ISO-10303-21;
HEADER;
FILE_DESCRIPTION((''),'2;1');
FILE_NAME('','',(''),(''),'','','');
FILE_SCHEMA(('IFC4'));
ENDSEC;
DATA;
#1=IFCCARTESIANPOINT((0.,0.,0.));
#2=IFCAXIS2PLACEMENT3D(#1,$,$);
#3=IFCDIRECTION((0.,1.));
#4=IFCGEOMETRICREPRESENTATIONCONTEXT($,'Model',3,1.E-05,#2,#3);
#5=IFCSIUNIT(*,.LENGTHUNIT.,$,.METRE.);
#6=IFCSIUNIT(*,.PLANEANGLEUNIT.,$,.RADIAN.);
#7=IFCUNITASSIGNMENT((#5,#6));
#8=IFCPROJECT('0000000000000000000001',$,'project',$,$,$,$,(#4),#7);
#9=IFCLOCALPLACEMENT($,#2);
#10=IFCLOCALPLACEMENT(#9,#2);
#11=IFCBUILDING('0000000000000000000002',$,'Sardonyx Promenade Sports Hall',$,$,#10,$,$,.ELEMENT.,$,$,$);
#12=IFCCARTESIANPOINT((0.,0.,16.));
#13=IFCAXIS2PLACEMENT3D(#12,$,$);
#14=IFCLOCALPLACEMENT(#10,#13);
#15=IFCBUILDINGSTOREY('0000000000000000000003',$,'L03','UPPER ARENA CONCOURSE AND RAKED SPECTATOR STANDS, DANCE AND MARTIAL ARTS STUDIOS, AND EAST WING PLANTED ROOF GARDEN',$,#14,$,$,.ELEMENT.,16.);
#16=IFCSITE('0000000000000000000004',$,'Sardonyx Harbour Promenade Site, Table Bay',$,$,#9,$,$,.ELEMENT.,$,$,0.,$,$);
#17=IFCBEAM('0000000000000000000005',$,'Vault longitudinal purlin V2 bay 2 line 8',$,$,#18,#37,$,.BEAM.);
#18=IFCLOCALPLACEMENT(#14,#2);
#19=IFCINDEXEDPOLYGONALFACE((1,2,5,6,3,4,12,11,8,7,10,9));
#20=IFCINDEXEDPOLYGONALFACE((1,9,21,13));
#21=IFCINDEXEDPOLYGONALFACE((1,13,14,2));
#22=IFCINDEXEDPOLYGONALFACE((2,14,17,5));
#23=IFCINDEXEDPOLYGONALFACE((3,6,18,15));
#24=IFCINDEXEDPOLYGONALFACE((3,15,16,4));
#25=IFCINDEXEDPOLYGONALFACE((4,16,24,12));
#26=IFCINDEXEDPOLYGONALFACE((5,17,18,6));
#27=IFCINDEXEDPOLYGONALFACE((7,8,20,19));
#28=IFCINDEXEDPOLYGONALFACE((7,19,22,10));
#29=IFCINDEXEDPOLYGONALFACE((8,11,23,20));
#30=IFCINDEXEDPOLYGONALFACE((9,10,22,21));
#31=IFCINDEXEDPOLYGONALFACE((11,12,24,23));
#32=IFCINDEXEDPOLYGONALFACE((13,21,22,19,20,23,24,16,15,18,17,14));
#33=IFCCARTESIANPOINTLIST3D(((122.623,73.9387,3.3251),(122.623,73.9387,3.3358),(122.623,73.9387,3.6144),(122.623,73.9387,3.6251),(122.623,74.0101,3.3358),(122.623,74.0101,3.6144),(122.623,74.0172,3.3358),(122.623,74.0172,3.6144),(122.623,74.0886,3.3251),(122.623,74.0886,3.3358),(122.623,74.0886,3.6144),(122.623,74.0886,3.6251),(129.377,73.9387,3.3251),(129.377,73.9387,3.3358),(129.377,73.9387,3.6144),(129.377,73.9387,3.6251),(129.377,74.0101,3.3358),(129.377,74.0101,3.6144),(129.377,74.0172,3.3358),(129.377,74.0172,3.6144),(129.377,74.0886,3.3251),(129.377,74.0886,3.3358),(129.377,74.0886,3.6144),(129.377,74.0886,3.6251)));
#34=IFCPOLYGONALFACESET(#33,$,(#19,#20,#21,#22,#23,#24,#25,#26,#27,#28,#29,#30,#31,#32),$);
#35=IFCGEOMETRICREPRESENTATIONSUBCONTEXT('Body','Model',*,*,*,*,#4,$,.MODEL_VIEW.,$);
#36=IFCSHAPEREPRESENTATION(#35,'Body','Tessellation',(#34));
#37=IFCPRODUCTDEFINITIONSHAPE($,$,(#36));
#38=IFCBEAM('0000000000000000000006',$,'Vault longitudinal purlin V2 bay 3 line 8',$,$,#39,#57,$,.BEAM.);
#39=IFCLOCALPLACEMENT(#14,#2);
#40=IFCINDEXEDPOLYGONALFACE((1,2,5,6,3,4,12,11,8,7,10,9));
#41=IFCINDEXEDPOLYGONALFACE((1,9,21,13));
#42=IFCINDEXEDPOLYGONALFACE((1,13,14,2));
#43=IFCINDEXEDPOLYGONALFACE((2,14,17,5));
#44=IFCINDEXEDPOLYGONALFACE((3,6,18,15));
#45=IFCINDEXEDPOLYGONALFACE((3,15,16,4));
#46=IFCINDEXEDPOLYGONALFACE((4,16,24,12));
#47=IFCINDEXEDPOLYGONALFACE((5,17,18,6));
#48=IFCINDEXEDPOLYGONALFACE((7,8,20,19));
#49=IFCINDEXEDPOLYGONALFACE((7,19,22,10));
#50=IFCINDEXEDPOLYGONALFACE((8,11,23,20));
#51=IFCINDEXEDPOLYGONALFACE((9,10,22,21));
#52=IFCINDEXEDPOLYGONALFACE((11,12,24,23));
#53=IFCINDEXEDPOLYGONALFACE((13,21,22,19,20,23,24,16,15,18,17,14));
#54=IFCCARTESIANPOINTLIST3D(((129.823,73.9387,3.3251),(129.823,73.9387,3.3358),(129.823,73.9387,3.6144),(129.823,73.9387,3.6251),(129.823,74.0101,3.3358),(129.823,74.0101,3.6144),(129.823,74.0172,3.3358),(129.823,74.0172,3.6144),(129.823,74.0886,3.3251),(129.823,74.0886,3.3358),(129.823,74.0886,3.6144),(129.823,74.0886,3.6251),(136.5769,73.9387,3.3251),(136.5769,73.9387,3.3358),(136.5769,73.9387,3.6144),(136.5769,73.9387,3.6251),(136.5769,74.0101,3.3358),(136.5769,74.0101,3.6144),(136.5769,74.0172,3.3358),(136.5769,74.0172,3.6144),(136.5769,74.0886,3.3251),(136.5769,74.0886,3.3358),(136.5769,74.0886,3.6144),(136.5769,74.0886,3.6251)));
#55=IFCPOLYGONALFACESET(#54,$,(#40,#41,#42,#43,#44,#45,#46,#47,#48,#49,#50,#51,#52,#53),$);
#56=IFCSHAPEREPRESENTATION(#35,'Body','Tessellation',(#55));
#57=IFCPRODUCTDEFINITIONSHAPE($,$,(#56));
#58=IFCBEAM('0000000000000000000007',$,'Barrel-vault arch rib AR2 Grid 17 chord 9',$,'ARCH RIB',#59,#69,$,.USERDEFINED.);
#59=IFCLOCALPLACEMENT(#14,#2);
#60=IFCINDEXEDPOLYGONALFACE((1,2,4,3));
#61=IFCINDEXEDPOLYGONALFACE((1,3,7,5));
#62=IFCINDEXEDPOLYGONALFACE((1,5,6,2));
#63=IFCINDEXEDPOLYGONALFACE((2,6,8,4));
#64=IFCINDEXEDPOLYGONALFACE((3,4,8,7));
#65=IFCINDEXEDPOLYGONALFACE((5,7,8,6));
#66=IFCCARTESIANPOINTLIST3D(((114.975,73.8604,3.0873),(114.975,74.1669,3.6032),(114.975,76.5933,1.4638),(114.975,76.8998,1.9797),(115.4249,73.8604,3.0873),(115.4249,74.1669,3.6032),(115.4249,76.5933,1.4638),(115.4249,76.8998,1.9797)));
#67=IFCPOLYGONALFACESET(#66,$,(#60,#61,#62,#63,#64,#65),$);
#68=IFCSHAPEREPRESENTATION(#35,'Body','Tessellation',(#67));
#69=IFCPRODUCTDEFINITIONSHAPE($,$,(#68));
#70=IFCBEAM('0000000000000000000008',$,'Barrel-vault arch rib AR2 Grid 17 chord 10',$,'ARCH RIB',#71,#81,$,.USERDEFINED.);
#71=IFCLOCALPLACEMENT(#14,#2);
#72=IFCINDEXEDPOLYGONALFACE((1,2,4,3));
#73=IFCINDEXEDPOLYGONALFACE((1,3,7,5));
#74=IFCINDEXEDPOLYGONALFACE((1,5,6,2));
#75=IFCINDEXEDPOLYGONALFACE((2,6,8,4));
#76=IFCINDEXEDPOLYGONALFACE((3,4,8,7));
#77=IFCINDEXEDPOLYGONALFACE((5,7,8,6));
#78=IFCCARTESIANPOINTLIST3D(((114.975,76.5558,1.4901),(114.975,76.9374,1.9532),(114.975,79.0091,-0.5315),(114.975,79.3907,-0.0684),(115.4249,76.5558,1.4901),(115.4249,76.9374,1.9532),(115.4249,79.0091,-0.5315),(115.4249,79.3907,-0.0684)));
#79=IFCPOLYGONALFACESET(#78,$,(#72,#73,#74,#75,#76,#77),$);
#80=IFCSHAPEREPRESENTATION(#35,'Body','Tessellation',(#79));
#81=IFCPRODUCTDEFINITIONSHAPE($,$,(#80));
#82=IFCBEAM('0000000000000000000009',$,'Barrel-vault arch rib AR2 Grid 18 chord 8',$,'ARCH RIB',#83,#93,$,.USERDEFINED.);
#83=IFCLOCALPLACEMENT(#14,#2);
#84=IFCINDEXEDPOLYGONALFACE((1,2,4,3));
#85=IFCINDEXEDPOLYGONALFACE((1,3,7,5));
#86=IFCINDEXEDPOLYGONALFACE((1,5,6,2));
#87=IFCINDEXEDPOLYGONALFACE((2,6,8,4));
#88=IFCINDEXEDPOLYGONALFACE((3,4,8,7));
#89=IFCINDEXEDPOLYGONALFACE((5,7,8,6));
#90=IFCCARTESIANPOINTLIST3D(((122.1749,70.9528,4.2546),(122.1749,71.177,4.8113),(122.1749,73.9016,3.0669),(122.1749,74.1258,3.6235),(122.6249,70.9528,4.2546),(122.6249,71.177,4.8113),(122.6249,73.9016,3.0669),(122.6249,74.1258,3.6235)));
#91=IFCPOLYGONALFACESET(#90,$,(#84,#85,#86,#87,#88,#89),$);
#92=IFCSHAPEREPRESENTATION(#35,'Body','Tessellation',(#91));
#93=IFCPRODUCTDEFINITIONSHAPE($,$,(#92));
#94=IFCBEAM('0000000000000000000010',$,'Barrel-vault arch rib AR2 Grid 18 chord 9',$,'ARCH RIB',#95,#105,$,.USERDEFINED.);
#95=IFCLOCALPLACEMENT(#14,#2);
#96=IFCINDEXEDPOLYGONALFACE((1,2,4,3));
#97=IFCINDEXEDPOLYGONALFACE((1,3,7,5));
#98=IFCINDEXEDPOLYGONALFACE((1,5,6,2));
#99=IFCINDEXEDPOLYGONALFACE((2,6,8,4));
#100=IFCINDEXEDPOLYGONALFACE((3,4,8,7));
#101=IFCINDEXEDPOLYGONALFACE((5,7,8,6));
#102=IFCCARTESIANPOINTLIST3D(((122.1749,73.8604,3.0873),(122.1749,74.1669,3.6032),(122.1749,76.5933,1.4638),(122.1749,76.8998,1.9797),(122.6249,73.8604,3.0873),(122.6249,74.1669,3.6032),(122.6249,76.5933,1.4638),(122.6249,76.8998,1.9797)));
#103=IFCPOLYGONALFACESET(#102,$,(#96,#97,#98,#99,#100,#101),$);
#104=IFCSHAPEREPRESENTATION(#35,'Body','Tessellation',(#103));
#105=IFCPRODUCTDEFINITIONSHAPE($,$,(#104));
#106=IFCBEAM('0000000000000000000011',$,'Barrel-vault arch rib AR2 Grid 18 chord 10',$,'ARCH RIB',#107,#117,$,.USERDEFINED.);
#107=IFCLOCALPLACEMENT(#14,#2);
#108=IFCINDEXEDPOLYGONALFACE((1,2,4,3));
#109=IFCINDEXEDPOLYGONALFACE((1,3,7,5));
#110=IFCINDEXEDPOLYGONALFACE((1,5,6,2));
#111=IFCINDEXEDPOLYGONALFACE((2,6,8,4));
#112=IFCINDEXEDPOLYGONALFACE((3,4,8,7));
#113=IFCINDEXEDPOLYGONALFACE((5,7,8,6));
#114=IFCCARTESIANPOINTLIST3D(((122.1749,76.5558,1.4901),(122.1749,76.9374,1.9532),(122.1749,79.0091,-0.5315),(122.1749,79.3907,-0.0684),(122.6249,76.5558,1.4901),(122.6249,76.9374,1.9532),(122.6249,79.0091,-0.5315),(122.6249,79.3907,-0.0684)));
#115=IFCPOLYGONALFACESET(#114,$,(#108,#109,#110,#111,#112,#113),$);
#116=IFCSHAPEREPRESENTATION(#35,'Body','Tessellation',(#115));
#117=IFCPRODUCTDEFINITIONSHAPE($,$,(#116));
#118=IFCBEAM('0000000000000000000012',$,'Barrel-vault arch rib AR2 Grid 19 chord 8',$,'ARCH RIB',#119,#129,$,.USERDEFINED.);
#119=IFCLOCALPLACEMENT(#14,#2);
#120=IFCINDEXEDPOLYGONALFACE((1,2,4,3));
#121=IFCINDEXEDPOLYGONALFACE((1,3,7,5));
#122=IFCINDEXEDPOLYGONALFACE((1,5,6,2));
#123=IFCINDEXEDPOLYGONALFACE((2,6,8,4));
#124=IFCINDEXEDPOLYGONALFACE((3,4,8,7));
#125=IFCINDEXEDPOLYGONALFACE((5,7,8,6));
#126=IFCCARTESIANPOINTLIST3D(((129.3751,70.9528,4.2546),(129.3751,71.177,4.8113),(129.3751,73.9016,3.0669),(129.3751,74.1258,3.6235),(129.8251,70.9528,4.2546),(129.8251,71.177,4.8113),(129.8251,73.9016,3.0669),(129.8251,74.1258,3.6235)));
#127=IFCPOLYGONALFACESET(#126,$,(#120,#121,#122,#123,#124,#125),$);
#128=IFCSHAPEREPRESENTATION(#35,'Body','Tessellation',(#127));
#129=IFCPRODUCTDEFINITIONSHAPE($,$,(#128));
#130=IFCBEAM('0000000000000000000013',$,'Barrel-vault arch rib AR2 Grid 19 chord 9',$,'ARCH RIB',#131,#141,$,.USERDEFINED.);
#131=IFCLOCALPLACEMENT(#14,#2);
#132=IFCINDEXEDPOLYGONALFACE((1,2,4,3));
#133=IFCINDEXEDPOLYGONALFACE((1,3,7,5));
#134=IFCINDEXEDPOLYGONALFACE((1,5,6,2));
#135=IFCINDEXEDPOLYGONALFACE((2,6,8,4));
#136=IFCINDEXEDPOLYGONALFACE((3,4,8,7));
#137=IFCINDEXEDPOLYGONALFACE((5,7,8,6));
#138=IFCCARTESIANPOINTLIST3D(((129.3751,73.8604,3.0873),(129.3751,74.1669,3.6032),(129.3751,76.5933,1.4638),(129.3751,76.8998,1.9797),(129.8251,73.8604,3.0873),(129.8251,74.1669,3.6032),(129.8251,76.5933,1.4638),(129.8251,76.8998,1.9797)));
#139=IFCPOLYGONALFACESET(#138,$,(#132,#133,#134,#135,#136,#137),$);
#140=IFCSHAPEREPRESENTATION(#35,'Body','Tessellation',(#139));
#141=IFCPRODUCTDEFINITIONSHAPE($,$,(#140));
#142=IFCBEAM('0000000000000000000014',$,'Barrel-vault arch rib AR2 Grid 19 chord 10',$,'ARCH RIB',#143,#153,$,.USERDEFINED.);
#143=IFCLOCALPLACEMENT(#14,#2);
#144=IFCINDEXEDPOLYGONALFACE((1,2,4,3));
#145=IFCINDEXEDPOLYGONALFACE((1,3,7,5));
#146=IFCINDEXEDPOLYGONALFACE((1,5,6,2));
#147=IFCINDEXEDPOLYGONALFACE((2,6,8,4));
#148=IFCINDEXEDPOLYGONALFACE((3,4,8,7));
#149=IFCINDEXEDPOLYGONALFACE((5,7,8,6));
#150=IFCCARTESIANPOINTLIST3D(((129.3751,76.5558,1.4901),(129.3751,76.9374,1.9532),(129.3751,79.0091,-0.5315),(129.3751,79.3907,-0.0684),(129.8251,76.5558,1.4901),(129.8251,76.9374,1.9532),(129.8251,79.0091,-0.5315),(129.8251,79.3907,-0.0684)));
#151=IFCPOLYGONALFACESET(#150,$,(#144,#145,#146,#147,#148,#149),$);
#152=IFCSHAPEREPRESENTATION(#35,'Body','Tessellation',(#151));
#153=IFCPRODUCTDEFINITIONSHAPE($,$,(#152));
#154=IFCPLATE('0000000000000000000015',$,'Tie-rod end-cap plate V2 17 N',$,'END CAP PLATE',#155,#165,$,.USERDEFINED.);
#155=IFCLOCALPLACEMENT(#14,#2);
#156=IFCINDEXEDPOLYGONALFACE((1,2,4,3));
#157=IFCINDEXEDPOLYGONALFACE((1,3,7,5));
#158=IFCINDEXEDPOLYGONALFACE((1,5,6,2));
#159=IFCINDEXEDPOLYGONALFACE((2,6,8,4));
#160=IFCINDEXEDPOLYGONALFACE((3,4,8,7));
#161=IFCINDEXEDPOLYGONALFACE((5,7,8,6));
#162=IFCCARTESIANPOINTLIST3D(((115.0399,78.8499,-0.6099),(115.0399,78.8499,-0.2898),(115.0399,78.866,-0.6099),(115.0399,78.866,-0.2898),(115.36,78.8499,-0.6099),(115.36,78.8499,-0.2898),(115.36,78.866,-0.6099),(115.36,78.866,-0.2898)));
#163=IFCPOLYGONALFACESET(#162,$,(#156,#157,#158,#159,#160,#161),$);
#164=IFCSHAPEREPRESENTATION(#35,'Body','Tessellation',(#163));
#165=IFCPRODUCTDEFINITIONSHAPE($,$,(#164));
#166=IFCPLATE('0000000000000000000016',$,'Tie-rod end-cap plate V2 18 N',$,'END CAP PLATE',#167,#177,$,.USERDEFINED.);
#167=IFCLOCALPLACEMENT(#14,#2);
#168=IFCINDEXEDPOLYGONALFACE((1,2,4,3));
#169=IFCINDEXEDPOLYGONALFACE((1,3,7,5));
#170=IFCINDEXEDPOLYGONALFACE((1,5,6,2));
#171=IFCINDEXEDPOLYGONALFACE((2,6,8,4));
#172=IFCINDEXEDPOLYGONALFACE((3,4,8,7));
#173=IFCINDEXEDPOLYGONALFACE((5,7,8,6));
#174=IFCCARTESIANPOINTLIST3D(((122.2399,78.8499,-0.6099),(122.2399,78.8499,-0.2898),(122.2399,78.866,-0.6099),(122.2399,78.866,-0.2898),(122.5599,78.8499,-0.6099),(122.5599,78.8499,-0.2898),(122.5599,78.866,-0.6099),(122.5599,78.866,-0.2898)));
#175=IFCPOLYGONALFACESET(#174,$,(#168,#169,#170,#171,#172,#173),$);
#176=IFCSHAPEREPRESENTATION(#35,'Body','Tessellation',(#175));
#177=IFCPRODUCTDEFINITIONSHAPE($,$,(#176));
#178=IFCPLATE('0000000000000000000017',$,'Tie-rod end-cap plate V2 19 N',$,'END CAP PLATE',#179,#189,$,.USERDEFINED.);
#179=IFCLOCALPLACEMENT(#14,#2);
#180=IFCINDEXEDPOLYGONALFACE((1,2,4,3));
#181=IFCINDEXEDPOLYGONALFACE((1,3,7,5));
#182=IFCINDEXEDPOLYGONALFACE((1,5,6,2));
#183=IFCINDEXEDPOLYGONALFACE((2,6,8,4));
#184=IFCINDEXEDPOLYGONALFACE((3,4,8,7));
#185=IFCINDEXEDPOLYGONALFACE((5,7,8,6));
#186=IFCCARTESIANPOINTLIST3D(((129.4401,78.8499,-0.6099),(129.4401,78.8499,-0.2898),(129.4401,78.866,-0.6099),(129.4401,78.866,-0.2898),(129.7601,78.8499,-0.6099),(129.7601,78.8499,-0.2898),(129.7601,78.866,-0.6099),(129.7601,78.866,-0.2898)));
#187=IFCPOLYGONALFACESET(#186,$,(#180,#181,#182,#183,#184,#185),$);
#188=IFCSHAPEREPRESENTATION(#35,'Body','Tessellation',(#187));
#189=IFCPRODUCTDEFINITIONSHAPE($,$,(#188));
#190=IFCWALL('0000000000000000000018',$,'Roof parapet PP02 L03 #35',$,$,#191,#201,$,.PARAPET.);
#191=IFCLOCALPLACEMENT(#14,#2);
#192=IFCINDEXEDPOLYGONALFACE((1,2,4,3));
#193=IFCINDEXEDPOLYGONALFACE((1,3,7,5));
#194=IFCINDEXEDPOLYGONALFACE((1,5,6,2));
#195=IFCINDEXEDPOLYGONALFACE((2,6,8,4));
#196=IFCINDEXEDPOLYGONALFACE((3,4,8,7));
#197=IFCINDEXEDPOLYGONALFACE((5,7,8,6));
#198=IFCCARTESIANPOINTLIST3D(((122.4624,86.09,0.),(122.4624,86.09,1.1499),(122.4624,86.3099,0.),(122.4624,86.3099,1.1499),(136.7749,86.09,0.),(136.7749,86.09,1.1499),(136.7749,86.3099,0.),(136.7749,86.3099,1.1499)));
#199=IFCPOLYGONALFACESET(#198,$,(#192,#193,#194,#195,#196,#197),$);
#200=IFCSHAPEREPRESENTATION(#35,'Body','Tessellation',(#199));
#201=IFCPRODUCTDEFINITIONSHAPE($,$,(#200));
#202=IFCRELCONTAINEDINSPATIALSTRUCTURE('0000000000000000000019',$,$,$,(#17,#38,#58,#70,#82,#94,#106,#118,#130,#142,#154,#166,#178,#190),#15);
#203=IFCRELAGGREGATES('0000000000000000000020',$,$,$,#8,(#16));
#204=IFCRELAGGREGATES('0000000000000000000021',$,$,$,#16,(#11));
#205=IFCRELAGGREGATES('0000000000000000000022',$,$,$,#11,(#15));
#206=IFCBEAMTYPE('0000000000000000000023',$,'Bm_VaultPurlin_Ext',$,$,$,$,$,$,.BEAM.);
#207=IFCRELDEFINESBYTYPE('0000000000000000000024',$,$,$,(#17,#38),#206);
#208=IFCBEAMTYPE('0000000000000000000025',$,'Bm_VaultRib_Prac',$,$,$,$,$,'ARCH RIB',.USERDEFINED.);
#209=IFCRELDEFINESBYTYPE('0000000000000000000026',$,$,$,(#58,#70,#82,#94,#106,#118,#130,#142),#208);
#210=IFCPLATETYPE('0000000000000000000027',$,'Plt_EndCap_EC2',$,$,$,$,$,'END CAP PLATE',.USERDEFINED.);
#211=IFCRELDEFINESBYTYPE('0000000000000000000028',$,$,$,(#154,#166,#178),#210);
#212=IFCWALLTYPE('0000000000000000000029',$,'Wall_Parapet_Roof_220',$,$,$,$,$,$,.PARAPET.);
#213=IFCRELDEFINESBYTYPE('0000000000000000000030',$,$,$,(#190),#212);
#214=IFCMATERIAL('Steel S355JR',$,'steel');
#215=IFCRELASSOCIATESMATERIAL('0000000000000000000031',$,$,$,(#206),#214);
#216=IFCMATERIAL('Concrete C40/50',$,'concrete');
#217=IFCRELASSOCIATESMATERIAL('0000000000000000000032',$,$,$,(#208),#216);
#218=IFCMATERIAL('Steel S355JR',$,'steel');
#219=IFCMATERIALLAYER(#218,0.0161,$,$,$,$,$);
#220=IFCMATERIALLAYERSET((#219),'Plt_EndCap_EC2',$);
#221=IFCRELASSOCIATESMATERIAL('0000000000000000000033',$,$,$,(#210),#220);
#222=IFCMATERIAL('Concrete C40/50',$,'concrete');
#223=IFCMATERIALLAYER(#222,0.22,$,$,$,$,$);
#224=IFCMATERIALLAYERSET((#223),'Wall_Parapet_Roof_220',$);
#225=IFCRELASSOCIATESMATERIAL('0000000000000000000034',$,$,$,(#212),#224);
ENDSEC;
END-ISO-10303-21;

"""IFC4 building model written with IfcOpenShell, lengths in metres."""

from ifc_helpers import new_model, si_unit, direction, frame, frame_2d, origin, origin_2d, place, context, subcontext, project, spatial, rectangle, i_section, extrude, material, layer, layer_set, material_profile, profile_set, type_object, element, save


model = new_model("IFC4")

# Units and contexts
model_context = context("Model", 3, precision=1e-05, world=origin(), true_north=direction((0.0, 1.0)))
body_context = subcontext(model_context, "Body", "Model", "MODEL_VIEW")
ifc_project = project(units=[si_unit("LENGTHUNIT", "METRE"), si_unit("PLANEANGLEUNIT", "RADIAN")], contexts=[model_context])

# Site, building, storey
site_placement = place(None, origin())
site = spatial("IfcSite", under=ifc_project, at=site_placement, Name="Sardonyx Harbour Promenade Site, Table Bay", CompositionType="ELEMENT", RefElevation=0.0)
building_placement = place(site_placement, origin())
building = spatial("IfcBuilding", under=site, at=building_placement, Name="Sardonyx Promenade Sports Hall", CompositionType="ELEMENT")
storey_placement = place(building_placement, frame((0.0, 0.0, 16.0)))
storey = spatial("IfcBuildingStorey", under=building, at=storey_placement, Name="L03", Description="UPPER ARENA CONCOURSE AND RAKED SPECTATOR STANDS, DANCE AND MARTIAL ARTS STUDIOS, AND EAST WING PLANTED ROOF GARDEN", CompositionType="ELEMENT", Elevation=16.0)

# Beams
ifc_material_1 = material(Name="Steel S355JR", Category="steel")
ifc_material_profile_1 = material_profile(ifc_material_1, i_section(OverallWidth=0.1499, OverallDepth=0.3, WebThickness=0.0071, FlangeThickness=0.0107, at=origin_2d()))
ifc_profile_set_1 = profile_set([ifc_material_profile_1], Name="Steel S355JR")
beam_type_1 = type_object("IfcBeamType", Name="Bm_VaultPurlin_Ext", PredefinedType="BEAM", material=ifc_profile_set_1)
for number, where, z_axis, x_axis, name in (
    (1, (122.623, 74.0137, 3.4751), (1.0, 0.0, 0.0), (0.0, 1.0, 0.0), "Vault longitudinal purlin V2 bay 2 line 8"),
    (2, (129.823, 74.0137, 3.4751), (1.0, 0.0, 0.0), (0.0, 1.0, 0.0), "Vault longitudinal purlin V2 bay 3 line 8"),
):
    element("IfcBeam", number, at=place(storey_placement, frame(where, z_axis=z_axis, x_axis=x_axis)), inside=storey, type_object=beam_type_1, Name=name, PredefinedType="BEAM", context=body_context, shape_type="SweptSolid", body=[
        extrude(i_section(OverallWidth=0.1499, OverallDepth=0.3, WebThickness=0.0071, FlangeThickness=0.0107, at=origin_2d()), origin(), (0.0, 0.0, 1.0), 6.7539),
    ])
ifc_material_2 = material(Name="Concrete C40/50", Category="concrete")
ifc_material_profile_2 = material_profile(ifc_material_2, rectangle(XDim=0.45, YDim=0.6001, at=origin_2d()))
ifc_profile_set_2 = profile_set([ifc_material_profile_2], Name="Concrete C40/50")
beam_type_2 = type_object("IfcBeamType", Name="Bm_VaultRib_Prac", ElementType="ARCH RIB", PredefinedType="USERDEFINED", material=ifc_profile_set_2)
beam_1_placement = place(storey_placement, frame((115.2, 74.0137, 3.3452), z_axis=(0.0, 0.859735, -0.510741), x_axis=(-1.0, 0.0, 0.0)))
element("IfcBeam", 3, at=beam_1_placement, inside=storey, type_object=beam_type_2, Name="Barrel-vault arch rib AR2 Grid 17 chord 9", ObjectType="ARCH RIB", PredefinedType="USERDEFINED", context=body_context, shape_type="SweptSolid", body=[
    extrude(rectangle(XDim=0.45, YDim=0.6001, at=origin_2d()), origin(), (0.0, 0.0, 1.0), 3.1787),
])
for number, where, z_axis, x_axis, name in (
    (4, (115.2, 76.7466, 1.7217), (0.0, 0.771728, -0.635952), (-1.0, 0.0, 0.0), "Barrel-vault arch rib AR2 Grid 17 chord 10"),
    (5, (122.3999, 71.0649, 4.533), (0.0, 0.927579, -0.373627), (-1.0, 0.0, 0.0), "Barrel-vault arch rib AR2 Grid 18 chord 8"),
):
    element("IfcBeam", number, at=place(storey_placement, frame(where, z_axis=z_axis, x_axis=x_axis)), inside=storey, type_object=beam_type_2, Name=name, ObjectType="ARCH RIB", PredefinedType="USERDEFINED", context=body_context, shape_type="SweptSolid", body=[
        extrude(rectangle(XDim=0.45, YDim=0.6001, at=origin_2d()), origin(), (0.0, 0.0, 1.0), 3.179),
    ])
beam_2_placement = place(storey_placement, frame((122.3999, 74.0137, 3.3452), z_axis=(0.0, 0.859735, -0.510741), x_axis=(-1.0, 0.0, 0.0)))
element("IfcBeam", 6, at=beam_2_placement, inside=storey, type_object=beam_type_2, Name="Barrel-vault arch rib AR2 Grid 18 chord 9", ObjectType="ARCH RIB", PredefinedType="USERDEFINED", context=body_context, shape_type="SweptSolid", body=[
    extrude(rectangle(XDim=0.45, YDim=0.6001, at=origin_2d()), origin(), (0.0, 0.0, 1.0), 3.1787),
])
for number, where, z_axis, x_axis, name in (
    (7, (122.3999, 76.7466, 1.7217), (0.0, 0.771728, -0.635952), (-1.0, 0.0, 0.0), "Barrel-vault arch rib AR2 Grid 18 chord 10"),
    (8, (129.6001, 71.0649, 4.533), (0.0, 0.927579, -0.373627), (-1.0, 0.0, 0.0), "Barrel-vault arch rib AR2 Grid 19 chord 8"),
):
    element("IfcBeam", number, at=place(storey_placement, frame(where, z_axis=z_axis, x_axis=x_axis)), inside=storey, type_object=beam_type_2, Name=name, ObjectType="ARCH RIB", PredefinedType="USERDEFINED", context=body_context, shape_type="SweptSolid", body=[
        extrude(rectangle(XDim=0.45, YDim=0.6001, at=origin_2d()), origin(), (0.0, 0.0, 1.0), 3.179),
    ])
beam_3_placement = place(storey_placement, frame((129.6001, 74.0137, 3.3452), z_axis=(0.0, 0.859735, -0.510741), x_axis=(-1.0, 0.0, 0.0)))
element("IfcBeam", 9, at=beam_3_placement, inside=storey, type_object=beam_type_2, Name="Barrel-vault arch rib AR2 Grid 19 chord 9", ObjectType="ARCH RIB", PredefinedType="USERDEFINED", context=body_context, shape_type="SweptSolid", body=[
    extrude(rectangle(XDim=0.45, YDim=0.6001, at=origin_2d()), origin(), (0.0, 0.0, 1.0), 3.1787),
])
beam_4_placement = place(storey_placement, frame((129.6001, 76.7466, 1.7217), z_axis=(0.0, 0.771728, -0.635952), x_axis=(-1.0, 0.0, 0.0)))
element("IfcBeam", 10, at=beam_4_placement, inside=storey, type_object=beam_type_2, Name="Barrel-vault arch rib AR2 Grid 19 chord 10", ObjectType="ARCH RIB", PredefinedType="USERDEFINED", context=body_context, shape_type="SweptSolid", body=[
    extrude(rectangle(XDim=0.45, YDim=0.6001, at=origin_2d()), origin(), (0.0, 0.0, 1.0), 3.179),
])

# Plates
ifc_material_3 = material(Name="Steel S355JR", Category="steel")
ifc_layer_1 = layer(ifc_material_3, 0.0161)
ifc_layer_set_1 = layer_set([ifc_layer_1], Name="Plt_EndCap_EC2")
plate_type = type_object("IfcPlateType", Name="Plt_EndCap_EC2", ElementType="END CAP PLATE", PredefinedType="USERDEFINED", material=ifc_layer_set_1)
for number, where, z_axis, x_axis, name in (
    (11, (115.2, 78.8579, -0.6099), (0.0, 0.0, 1.0), (1.0, 0.0, 0.0), "Tie-rod end-cap plate V2 17 N"),
    (12, (122.3999, 78.8579, -0.6099), (0.0, 0.0, 1.0), (1.0, 0.0, 0.0), "Tie-rod end-cap plate V2 18 N"),
    (13, (129.6001, 78.8579, -0.6099), (0.0, 0.0, 1.0), (1.0, 0.0, 0.0), "Tie-rod end-cap plate V2 19 N"),
):
    element("IfcPlate", number, at=place(storey_placement, frame(where, z_axis=z_axis, x_axis=x_axis)), inside=storey, type_object=plate_type, Name=name, ObjectType="END CAP PLATE", PredefinedType="USERDEFINED", context=body_context, shape_type="SweptSolid", body=[
        extrude(rectangle(XDim=0.3201, YDim=0.0161, at=origin_2d()), origin(), (0.0, 0.0, 1.0), 0.3201),
    ])

# Wall
ifc_material_4 = material(Name="Concrete C40/50", Category="concrete")
ifc_layer_2 = layer(ifc_material_4, 0.22)
ifc_layer_set_2 = layer_set([ifc_layer_2], Name="Wall_Parapet_Roof_220")
wall_type = type_object("IfcWallType", Name="Wall_Parapet_Roof_220", PredefinedType="PARAPET", material=ifc_layer_set_2)
wall_placement = place(storey_placement, frame((122.4624, 86.2, 0.0), z_axis=(0.0, 0.0, 1.0), x_axis=(1.0, 0.0, 0.0)))
element("IfcWall", 14, at=wall_placement, inside=storey, type_object=wall_type, Name="Roof parapet PP02 L03 #35", PredefinedType="PARAPET", context=body_context, shape_type="SweptSolid", body=[
    extrude(rectangle(XDim=14.3125, YDim=0.22, at=frame_2d((7.1562, 0.0))), origin(), (0.0, 0.0, 1.0), 1.1499),
])

save(model, "model.ifc")
